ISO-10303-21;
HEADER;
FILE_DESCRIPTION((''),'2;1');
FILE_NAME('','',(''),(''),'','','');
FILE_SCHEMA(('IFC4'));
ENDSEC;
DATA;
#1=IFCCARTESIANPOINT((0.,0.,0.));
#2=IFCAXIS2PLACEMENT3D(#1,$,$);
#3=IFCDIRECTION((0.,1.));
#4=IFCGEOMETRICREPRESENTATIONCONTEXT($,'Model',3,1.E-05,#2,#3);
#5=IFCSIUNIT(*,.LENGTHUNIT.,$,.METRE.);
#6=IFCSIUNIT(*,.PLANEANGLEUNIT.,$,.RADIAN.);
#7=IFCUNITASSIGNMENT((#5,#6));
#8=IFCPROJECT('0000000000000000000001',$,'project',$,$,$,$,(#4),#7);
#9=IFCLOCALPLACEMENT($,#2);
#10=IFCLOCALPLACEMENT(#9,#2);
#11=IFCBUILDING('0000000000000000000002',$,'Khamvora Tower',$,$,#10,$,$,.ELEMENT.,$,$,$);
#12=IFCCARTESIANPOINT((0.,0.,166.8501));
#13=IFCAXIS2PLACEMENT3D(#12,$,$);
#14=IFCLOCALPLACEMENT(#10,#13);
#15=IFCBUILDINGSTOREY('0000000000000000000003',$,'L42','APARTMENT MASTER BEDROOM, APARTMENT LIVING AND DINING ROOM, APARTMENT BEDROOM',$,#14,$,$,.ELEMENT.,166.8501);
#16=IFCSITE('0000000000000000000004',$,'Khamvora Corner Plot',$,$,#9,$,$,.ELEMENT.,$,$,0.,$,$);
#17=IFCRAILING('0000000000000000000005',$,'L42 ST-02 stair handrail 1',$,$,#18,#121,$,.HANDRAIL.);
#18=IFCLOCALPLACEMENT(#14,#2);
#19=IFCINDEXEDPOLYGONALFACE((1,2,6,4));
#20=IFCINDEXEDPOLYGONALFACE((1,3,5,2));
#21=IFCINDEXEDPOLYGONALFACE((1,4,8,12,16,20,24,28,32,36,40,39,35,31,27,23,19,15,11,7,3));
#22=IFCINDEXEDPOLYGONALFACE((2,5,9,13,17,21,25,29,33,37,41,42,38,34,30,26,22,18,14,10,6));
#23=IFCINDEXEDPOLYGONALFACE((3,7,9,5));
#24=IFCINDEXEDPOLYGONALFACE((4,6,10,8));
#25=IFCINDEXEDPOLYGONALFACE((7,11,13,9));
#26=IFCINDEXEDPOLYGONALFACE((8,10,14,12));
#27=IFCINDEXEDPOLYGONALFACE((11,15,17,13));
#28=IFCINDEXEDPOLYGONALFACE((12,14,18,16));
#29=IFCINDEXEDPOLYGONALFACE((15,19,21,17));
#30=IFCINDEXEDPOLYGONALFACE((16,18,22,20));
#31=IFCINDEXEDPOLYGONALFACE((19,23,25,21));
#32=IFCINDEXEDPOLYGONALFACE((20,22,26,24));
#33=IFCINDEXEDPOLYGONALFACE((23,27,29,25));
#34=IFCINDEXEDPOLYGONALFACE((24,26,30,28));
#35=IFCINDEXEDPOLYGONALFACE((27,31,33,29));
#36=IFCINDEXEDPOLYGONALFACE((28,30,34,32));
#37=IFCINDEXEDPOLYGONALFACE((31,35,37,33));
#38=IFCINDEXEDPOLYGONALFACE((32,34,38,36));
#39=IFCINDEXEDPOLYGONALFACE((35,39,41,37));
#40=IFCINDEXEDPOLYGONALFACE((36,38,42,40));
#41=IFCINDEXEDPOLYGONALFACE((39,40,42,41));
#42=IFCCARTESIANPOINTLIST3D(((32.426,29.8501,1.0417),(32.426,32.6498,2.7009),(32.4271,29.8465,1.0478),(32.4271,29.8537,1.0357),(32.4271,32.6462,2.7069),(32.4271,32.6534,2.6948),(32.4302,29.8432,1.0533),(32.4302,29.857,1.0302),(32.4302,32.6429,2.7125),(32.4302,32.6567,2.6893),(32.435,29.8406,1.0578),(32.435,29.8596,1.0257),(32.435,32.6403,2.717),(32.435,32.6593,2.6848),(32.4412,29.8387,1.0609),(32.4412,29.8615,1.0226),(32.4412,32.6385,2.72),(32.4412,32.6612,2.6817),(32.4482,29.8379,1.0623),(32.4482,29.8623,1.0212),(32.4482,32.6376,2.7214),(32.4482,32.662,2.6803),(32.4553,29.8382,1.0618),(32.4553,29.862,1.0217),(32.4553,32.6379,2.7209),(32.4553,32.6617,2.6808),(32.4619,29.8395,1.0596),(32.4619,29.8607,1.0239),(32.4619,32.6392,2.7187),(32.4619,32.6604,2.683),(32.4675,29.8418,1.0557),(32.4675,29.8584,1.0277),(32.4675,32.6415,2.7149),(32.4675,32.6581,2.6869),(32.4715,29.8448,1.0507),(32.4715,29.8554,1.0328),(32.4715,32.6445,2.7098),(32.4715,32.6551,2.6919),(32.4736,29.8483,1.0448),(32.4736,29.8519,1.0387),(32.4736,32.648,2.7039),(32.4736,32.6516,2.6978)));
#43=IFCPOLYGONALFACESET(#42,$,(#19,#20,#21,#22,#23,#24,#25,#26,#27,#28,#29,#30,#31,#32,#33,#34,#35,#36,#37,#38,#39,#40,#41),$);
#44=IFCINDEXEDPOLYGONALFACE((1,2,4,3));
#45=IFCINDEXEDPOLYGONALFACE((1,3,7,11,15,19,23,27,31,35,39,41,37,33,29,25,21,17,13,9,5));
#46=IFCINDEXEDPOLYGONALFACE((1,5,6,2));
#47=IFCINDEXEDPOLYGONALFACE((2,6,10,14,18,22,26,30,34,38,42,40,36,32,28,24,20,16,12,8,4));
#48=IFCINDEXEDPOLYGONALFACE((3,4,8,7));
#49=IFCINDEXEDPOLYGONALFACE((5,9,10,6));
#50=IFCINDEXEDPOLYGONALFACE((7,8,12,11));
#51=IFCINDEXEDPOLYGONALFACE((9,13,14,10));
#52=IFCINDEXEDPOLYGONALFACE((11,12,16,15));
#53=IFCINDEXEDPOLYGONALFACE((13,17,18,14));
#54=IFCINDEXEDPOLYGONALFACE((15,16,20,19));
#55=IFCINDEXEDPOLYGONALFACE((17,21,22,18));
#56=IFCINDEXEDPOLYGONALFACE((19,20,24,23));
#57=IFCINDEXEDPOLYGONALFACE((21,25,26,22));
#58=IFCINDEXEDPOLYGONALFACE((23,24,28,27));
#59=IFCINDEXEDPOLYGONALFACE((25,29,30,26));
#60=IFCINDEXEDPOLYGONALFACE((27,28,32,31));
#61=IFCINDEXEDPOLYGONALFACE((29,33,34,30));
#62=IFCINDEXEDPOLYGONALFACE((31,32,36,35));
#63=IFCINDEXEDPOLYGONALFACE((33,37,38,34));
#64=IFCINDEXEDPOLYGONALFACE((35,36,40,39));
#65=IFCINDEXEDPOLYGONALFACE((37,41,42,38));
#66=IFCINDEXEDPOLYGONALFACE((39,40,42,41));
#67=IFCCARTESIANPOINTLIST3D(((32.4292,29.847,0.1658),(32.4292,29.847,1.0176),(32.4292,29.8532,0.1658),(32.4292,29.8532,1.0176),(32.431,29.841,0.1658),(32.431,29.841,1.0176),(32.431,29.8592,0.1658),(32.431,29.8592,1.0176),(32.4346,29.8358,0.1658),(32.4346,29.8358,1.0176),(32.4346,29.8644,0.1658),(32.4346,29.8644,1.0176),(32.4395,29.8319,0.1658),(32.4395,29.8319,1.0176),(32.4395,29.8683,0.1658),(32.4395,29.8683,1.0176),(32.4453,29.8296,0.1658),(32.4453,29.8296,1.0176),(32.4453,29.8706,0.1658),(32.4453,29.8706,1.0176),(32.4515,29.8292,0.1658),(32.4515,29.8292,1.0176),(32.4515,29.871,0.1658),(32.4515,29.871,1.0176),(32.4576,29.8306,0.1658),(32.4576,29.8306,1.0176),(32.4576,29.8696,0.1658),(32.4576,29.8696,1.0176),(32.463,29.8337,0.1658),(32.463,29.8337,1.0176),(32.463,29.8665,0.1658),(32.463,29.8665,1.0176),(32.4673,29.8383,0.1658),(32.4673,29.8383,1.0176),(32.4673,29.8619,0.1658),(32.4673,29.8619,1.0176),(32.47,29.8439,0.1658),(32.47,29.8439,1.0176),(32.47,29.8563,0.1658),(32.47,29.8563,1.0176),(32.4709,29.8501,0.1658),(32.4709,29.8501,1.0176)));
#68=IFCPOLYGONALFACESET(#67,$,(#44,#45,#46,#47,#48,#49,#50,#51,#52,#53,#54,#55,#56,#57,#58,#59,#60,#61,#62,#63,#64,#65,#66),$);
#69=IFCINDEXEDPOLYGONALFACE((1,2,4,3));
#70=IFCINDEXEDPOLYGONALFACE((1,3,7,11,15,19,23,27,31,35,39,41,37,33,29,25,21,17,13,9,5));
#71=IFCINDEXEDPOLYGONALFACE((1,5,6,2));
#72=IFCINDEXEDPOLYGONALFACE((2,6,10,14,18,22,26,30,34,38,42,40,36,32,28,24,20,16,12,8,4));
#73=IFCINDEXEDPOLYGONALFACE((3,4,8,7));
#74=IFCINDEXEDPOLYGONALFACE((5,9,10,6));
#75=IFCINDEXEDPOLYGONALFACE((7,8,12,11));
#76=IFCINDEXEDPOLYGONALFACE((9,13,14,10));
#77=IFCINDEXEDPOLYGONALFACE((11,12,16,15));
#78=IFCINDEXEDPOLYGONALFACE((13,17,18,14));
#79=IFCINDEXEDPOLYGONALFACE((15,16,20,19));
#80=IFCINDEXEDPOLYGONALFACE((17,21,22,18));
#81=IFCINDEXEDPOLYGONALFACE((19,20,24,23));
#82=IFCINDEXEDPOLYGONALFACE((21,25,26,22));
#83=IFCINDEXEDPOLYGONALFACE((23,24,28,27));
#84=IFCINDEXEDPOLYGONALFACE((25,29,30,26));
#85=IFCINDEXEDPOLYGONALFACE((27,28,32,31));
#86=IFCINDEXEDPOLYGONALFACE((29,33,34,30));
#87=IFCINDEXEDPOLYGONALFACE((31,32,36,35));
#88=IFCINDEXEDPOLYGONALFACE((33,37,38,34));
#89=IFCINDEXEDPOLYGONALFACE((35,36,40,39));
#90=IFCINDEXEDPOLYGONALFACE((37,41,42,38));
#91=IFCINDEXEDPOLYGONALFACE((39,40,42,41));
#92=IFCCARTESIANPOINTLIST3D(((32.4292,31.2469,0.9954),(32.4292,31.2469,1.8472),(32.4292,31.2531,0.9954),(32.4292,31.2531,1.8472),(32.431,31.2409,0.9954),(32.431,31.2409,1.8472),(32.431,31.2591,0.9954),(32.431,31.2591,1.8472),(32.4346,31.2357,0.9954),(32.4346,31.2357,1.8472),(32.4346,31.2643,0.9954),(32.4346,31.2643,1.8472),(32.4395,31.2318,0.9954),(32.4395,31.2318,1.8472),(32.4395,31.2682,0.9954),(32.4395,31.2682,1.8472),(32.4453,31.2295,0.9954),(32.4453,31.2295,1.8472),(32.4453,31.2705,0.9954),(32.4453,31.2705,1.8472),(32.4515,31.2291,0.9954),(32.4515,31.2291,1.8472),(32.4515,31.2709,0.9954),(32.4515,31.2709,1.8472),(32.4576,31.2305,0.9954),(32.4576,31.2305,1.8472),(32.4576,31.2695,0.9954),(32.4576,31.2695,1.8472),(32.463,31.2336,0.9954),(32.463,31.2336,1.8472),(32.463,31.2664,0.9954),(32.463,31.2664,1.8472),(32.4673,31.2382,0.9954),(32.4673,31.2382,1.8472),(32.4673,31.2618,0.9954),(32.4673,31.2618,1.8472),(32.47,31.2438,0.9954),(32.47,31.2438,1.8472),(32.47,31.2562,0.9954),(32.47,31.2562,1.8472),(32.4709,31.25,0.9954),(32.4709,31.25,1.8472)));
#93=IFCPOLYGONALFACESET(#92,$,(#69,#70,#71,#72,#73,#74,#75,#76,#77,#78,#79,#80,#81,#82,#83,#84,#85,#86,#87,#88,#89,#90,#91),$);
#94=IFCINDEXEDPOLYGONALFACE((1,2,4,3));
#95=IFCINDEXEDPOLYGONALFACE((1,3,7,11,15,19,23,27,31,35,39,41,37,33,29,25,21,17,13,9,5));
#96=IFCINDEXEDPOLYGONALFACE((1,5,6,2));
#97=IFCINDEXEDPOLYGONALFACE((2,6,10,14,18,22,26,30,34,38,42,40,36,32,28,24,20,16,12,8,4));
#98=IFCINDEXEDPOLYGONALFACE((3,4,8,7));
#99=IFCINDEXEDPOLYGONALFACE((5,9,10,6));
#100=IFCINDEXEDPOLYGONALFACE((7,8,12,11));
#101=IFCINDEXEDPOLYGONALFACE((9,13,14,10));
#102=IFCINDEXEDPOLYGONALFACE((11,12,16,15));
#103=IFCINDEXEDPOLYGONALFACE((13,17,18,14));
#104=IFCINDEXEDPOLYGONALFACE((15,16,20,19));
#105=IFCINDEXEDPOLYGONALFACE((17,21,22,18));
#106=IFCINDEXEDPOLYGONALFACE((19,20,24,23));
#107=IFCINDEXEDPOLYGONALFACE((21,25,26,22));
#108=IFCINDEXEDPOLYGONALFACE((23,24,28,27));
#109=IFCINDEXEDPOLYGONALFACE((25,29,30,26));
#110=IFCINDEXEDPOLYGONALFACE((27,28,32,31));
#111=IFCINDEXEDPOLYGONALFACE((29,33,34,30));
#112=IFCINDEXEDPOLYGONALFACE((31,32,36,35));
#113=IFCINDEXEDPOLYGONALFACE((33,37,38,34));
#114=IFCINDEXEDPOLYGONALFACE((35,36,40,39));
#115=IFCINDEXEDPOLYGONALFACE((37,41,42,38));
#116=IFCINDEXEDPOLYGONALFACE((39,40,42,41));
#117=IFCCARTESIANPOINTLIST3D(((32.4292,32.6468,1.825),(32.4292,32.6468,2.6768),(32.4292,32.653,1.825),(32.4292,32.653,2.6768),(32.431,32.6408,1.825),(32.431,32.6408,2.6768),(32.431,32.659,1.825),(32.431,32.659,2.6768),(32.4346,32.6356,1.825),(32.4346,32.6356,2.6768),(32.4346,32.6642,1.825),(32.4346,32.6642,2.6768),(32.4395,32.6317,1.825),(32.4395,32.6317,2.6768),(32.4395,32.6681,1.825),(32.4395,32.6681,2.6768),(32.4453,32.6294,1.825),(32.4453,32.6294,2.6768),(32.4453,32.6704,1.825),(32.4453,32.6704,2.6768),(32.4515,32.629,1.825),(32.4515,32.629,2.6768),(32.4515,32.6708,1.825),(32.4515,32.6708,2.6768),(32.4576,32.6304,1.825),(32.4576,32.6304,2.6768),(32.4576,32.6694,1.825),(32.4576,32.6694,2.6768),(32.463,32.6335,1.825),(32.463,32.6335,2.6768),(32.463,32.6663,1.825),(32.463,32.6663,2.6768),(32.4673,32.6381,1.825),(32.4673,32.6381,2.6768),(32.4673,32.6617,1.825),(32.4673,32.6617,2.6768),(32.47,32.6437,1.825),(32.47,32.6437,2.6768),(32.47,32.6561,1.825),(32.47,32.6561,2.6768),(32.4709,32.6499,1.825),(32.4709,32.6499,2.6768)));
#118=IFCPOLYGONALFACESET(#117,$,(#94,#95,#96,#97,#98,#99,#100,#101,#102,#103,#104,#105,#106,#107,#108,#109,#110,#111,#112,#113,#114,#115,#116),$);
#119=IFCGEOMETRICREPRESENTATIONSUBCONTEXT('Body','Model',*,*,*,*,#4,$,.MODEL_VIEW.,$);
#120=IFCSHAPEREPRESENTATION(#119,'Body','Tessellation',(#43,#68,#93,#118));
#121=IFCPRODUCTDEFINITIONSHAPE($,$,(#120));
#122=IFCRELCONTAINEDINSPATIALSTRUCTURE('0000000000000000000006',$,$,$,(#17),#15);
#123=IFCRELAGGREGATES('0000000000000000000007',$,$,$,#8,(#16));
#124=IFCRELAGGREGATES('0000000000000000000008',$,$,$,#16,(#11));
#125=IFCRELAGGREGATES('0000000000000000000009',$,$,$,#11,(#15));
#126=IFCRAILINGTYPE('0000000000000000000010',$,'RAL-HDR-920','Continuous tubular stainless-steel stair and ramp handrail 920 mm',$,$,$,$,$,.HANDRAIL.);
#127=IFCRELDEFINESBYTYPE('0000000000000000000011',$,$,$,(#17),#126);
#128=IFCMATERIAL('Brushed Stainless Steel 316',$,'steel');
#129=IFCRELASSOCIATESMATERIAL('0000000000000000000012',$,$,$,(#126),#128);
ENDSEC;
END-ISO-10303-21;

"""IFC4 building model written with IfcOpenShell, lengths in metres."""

from ifc_helpers import new_model, si_unit, direction, frame, origin, origin_2d, place, context, subcontext, project, spatial, circle, extrude, material, type_object, element, save


model = new_model("IFC4")

# Units and contexts
model_context = context("Model", 3, precision=1e-05, world=origin(), true_north=direction((0.0, 1.0)))
body_context = subcontext(model_context, "Body", "Model", "MODEL_VIEW")
ifc_project = project(units=[si_unit("LENGTHUNIT", "METRE"), si_unit("PLANEANGLEUNIT", "RADIAN")], contexts=[model_context])

# Site, building, storey
site_placement = place(None, origin())
site = spatial("IfcSite", under=ifc_project, at=site_placement, Name="Khamvora Corner Plot", CompositionType="ELEMENT", RefElevation=0.0)
building_placement = place(site_placement, origin())
building = spatial("IfcBuilding", under=site, at=building_placement, Name="Khamvora Tower", CompositionType="ELEMENT")
storey_placement = place(building_placement, frame((0.0, 0.0, 166.8501)))
storey = spatial("IfcBuildingStorey", under=building, at=storey_placement, Name="L42", Description="APARTMENT MASTER BEDROOM, APARTMENT LIVING AND DINING ROOM, APARTMENT BEDROOM", CompositionType="ELEMENT", Elevation=166.8501)

# Railing
ifc_material_1 = material(Name="Brushed Stainless Steel 316", Category="steel")
railing_type_1 = type_object("IfcRailingType", Name="RAL-HDR-920", Description="Continuous tubular stainless-steel stair and ramp handrail 920 mm", PredefinedType="HANDRAIL", material=ifc_material_1)
railing_1_placement = place(storey_placement, frame((32.45, 29.8501, 0.1658)))
element("IfcRailing", 1, at=railing_1_placement, inside=storey, type_object=railing_type_1, Name="L42 ST-02 stair handrail 1", PredefinedType="HANDRAIL", context=body_context, shape_type="SweptSolid", body=[
    extrude(circle(Radius=0.0239, at=origin_2d()), frame((0.0, 0.0, 0.876), z_axis=(0.0, 0.860287, 0.509811), x_axis=(-1.0, 0.0, 0.0)), (0.0, 0.0, 1.0), 3.2544),
    extrude(circle(Radius=0.021, at=origin_2d()), origin(), (0.0, 0.0, 1.0), 0.8518),
    extrude(circle(Radius=0.021, at=origin_2d()), frame((0.0, 1.3999, 0.8296)), (0.0, 0.0, 1.0), 0.8518),
    extrude(circle(Radius=0.021, at=origin_2d()), frame((0.0, 2.7998, 1.6592)), (0.0, 0.0, 1.0), 0.8518),
])

save(model, "model.ifc")
